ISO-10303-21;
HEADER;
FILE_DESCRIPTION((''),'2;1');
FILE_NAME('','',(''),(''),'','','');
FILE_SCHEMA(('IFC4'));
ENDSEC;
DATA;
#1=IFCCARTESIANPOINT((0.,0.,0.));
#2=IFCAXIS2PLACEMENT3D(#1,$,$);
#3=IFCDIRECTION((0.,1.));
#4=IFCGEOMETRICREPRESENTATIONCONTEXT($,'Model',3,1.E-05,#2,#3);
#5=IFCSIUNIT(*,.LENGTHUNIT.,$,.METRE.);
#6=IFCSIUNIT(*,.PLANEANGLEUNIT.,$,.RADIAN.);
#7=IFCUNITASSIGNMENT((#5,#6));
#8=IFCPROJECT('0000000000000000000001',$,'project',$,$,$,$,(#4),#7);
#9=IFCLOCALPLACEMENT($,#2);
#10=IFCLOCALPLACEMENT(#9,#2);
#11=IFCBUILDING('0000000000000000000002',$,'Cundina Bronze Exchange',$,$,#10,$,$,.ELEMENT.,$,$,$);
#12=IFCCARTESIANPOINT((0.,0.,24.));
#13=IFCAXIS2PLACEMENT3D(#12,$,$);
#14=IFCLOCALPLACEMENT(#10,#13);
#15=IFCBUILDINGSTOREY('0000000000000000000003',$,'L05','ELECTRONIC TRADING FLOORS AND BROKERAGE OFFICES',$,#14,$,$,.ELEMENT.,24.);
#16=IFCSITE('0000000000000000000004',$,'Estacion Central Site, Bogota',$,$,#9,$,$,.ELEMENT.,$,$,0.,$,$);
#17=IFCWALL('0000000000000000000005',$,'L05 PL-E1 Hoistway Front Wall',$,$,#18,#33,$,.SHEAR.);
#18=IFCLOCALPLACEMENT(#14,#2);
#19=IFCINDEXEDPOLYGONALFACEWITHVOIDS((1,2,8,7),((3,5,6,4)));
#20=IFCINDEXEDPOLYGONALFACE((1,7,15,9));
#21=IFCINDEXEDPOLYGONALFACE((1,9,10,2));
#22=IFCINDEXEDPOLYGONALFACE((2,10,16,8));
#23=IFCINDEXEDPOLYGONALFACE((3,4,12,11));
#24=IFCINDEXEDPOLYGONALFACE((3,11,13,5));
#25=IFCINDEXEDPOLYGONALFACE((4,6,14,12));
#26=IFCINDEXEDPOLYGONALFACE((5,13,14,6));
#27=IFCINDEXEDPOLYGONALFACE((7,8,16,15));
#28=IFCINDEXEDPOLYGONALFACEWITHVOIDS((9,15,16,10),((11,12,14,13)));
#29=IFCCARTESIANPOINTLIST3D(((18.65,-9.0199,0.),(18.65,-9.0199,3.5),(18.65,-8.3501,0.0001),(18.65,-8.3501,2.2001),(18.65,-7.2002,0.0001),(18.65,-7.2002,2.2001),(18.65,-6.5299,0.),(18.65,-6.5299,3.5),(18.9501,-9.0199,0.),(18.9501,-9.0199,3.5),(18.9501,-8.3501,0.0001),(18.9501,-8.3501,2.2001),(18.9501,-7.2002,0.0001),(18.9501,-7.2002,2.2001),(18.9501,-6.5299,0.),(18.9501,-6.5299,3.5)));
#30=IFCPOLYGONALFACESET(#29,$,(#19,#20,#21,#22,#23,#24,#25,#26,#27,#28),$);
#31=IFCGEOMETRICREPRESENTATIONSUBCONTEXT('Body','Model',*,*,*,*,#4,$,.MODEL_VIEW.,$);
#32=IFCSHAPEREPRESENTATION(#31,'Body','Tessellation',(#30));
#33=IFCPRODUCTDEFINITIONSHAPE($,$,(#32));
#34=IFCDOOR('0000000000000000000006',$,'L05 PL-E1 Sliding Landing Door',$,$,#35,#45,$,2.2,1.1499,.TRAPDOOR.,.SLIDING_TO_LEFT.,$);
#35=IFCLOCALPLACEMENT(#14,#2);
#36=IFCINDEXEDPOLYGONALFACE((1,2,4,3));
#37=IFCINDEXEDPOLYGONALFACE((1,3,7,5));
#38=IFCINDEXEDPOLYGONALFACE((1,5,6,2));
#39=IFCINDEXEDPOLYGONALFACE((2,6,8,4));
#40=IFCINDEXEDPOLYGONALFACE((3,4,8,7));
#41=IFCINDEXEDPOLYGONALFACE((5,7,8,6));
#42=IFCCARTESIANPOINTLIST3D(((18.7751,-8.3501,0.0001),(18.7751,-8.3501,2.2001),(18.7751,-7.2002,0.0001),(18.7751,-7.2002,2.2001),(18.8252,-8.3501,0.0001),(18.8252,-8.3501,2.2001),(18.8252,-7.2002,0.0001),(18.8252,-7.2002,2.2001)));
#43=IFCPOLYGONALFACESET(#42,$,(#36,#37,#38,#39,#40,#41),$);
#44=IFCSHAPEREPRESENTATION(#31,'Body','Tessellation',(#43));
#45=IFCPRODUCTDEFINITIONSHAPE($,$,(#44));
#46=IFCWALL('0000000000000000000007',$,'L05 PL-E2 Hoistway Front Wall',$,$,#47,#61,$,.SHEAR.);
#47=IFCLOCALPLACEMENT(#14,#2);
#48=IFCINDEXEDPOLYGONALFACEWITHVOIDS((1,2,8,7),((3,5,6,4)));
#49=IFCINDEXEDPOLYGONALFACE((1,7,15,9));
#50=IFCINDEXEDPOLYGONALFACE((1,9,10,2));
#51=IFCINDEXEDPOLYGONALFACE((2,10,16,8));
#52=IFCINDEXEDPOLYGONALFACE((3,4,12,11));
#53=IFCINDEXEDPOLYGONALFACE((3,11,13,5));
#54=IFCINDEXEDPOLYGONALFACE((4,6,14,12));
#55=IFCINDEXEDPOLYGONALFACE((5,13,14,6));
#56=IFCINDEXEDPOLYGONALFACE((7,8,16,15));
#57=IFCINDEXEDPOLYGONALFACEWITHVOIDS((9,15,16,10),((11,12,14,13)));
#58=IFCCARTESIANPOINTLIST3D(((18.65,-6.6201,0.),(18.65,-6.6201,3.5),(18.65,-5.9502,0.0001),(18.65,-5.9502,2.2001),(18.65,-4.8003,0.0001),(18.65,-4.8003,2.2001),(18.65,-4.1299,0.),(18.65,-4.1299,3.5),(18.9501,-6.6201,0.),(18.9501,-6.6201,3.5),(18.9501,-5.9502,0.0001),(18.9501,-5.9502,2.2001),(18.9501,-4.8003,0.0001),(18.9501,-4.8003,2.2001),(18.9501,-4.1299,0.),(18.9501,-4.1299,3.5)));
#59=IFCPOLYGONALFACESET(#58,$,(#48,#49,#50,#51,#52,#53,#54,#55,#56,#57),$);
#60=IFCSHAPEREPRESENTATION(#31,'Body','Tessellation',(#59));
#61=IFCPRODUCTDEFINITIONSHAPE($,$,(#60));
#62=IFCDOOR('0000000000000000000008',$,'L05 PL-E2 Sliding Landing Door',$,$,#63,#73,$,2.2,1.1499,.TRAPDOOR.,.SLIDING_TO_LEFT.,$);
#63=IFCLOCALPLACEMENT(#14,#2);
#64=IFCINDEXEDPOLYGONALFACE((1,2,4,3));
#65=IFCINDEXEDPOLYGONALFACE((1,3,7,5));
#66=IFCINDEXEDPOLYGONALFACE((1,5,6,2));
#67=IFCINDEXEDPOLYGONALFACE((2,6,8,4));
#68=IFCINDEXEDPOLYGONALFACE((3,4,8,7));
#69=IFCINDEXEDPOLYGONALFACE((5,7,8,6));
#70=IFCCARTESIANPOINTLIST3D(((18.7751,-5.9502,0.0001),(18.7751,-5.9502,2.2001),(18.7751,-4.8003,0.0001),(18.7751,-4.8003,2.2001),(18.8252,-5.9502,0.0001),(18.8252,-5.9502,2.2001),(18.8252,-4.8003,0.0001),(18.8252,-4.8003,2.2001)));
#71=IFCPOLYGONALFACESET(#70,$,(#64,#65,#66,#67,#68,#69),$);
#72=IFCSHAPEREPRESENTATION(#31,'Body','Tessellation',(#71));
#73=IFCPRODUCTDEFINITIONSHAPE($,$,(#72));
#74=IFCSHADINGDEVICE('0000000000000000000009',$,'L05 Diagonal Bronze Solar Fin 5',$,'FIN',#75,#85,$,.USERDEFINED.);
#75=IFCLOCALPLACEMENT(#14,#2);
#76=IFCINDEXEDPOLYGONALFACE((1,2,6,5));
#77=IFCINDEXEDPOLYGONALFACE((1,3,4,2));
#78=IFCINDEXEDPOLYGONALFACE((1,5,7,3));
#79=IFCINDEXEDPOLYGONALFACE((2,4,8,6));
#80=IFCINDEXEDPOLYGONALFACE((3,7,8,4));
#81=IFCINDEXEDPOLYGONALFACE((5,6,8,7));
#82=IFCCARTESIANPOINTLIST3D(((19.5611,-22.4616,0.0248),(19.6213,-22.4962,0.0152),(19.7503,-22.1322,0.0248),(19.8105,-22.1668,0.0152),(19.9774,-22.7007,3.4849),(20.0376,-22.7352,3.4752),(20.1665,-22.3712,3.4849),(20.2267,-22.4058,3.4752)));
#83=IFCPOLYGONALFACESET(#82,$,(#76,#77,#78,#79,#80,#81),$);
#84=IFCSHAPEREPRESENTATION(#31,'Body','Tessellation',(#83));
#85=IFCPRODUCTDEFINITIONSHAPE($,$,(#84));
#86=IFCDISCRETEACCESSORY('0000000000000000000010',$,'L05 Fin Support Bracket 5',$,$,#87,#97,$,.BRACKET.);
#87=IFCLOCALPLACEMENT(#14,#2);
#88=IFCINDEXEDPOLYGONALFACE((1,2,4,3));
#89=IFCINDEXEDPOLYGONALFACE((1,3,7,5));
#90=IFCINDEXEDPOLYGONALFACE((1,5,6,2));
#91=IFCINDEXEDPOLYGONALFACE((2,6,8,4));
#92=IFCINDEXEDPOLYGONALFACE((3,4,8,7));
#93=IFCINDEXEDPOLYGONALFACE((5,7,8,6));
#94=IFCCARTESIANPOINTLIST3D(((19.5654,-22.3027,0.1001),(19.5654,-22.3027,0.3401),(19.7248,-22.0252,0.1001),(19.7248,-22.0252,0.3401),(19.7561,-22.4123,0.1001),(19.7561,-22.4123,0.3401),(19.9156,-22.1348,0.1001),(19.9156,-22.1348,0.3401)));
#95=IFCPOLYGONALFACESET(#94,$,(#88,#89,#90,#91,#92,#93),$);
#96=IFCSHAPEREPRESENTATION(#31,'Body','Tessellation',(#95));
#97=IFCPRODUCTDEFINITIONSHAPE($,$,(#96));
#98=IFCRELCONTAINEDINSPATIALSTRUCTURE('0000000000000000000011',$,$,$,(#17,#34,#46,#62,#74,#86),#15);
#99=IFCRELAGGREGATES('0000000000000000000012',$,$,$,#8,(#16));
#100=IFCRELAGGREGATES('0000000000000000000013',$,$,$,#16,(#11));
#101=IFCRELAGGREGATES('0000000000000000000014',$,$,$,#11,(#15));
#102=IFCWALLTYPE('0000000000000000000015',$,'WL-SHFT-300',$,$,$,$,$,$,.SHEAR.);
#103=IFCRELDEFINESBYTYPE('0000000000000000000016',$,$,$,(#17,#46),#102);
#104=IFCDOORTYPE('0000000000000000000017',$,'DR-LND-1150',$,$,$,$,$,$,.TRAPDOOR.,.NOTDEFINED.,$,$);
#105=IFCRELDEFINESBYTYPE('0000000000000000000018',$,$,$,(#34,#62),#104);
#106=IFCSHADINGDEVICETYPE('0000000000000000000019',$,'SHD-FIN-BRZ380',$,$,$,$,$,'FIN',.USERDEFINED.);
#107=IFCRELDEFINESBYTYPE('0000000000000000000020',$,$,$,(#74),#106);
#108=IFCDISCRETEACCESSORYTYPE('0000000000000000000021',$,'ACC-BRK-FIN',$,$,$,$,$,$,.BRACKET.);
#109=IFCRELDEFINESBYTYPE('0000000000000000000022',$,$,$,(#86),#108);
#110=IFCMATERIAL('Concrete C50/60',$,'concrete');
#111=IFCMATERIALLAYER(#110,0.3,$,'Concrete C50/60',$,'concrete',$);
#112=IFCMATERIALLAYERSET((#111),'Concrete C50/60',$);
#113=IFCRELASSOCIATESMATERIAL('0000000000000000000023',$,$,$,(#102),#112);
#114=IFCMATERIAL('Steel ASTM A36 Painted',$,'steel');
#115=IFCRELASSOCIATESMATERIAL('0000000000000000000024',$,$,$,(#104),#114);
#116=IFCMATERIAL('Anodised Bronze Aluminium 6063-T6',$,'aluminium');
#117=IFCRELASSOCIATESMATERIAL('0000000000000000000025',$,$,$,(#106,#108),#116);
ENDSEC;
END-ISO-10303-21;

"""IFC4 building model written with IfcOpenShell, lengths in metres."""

from ifc_helpers import new_model, si_unit, direction, frame, frame_2d, origin, origin_2d, place, context, subcontext, project, spatial, rectangle, extrude, material, layer, layer_set, material_profile, profile_set, type_object, element, fill, save


model = new_model("IFC4")

# Units and contexts
model_context = context("Model", 3, precision=1e-05, world=origin(), true_north=direction((0.0, 1.0)))
body_context = subcontext(model_context, "Body", "Model", "MODEL_VIEW")
ifc_project = project(units=[si_unit("LENGTHUNIT", "METRE"), si_unit("PLANEANGLEUNIT", "RADIAN")], contexts=[model_context])

# Site, building, storey
site_placement = place(None, origin())
site = spatial("IfcSite", under=ifc_project, at=site_placement, Name="Estacion Central Site, Bogota", CompositionType="ELEMENT", RefElevation=0.0)
building_placement = place(site_placement, origin())
building = spatial("IfcBuilding", under=site, at=building_placement, Name="Cundina Bronze Exchange", CompositionType="ELEMENT")
storey_placement = place(building_placement, frame((0.0, 0.0, 24.0)))
storey = spatial("IfcBuildingStorey", under=building, at=storey_placement, Name="L05", Description="ELECTRONIC TRADING FLOORS AND BROKERAGE OFFICES", CompositionType="ELEMENT", Elevation=24.0)

# Shared definitions
ifc_material_1 = material(Name="Anodised Bronze Aluminium 6063-T6", Category="aluminium")

# Shared definitions
ifc_material_2 = material(Name="Concrete C50/60", Category="concrete")
ifc_layer_1 = layer(ifc_material_2, 0.3, Name="Concrete C50/60", Category="concrete")
ifc_layer_set_1 = layer_set([ifc_layer_1], Name="Concrete C50/60")
wall_type_1 = type_object("IfcWallType", Name="WL-SHFT-300", PredefinedType="SHEAR", material=ifc_layer_set_1)

# Walls, openings, doors
wall_1_placement = place(storey_placement, frame((18.8, -9.02, 0.0), z_axis=(0.0, 0.0, 1.0), x_axis=(0.0, 1.0, 0.0)))
wall_1 = element("IfcWall", 1, at=wall_1_placement, inside=storey, type_object=wall_type_1, Name="L05 PL-E1 Hoistway Front Wall", PredefinedType="SHEAR", context=body_context, shape_type="SweptSolid", body=[
    extrude(rectangle(XDim=2.49, YDim=0.3, at=frame_2d((1.2451, 0.0))), origin(), (0.0, 0.0, 1.0), 3.5),
])
opening_1_placement = place(wall_1_placement, frame((0.6699, 0.0, 0.0)))
opening_1 = element("IfcOpeningElement", 2, at=opening_1_placement, cuts=wall_1, PredefinedType="OPENING", context=body_context, shape_type="SweptSolid", body=[
    extrude(rectangle(XDim=1.1499, YDim=2.2, at=frame_2d((0.575, 1.1001))), frame((0.0, 0.1599, 0.0), z_axis=(0.0, -1.0, 0.0), x_axis=(1.0, 0.0, 0.0)), (0.0, 0.0, 1.0), 0.3201),
])
ifc_material_3 = material(Name="Steel ASTM A36 Painted", Category="steel")
door_type = type_object("IfcDoorType", Name="DR-LND-1150", OperationType="NOTDEFINED", PredefinedType="TRAPDOOR", material=ifc_material_3)
door_1_placement = place(opening_1_placement, origin())
door_1 = element("IfcDoor", 3, at=door_1_placement, inside=storey, type_object=door_type, Name="L05 PL-E1 Sliding Landing Door", OperationType="SLIDING_TO_LEFT", OverallHeight=2.2, OverallWidth=1.1499, PredefinedType="TRAPDOOR", context=body_context, shape_type="SweptSolid", body=[
    extrude(rectangle(XDim=1.1499, YDim=2.2, at=frame_2d((0.575, 1.1001))), frame((0.0, 0.0249, 0.0), z_axis=(0.0, -1.0, 0.0), x_axis=(1.0, 0.0, 0.0)), (0.0, 0.0, 1.0), 0.05),
])
fill(opening_1, door_1)
wall_2_placement = place(storey_placement, frame((18.8, -6.6201, 0.0), z_axis=(0.0, 0.0, 1.0), x_axis=(0.0, 1.0, 0.0)))
wall_2 = element("IfcWall", 4, at=wall_2_placement, inside=storey, type_object=wall_type_1, Name="L05 PL-E2 Hoistway Front Wall", PredefinedType="SHEAR", context=body_context, shape_type="SweptSolid", body=[
    extrude(rectangle(XDim=2.4902, YDim=0.3, at=frame_2d((1.2451, 0.0))), origin(), (0.0, 0.0, 1.0), 3.5),
])
opening_2_placement = place(wall_2_placement, frame((0.6699, 0.0, 0.0)))
opening_2 = element("IfcOpeningElement", 5, at=opening_2_placement, cuts=wall_2, PredefinedType="OPENING", context=body_context, shape_type="SweptSolid", body=[
    extrude(rectangle(XDim=1.1499, YDim=2.2, at=frame_2d((0.575, 1.1001))), frame((0.0, 0.1599, 0.0), z_axis=(0.0, -1.0, 0.0), x_axis=(1.0, 0.0, 0.0)), (0.0, 0.0, 1.0), 0.3201),
])
door_2_placement = place(opening_2_placement, origin())
door_2 = element("IfcDoor", 6, at=door_2_placement, inside=storey, type_object=door_type, Name="L05 PL-E2 Sliding Landing Door", OperationType="SLIDING_TO_LEFT", OverallHeight=2.2, OverallWidth=1.1499, PredefinedType="TRAPDOOR", context=body_context, shape_type="SweptSolid", body=[
    extrude(rectangle(XDim=1.1499, YDim=2.2, at=frame_2d((0.575, 1.1001))), frame((0.0, 0.0249, 0.0), z_axis=(0.0, -1.0, 0.0), x_axis=(1.0, 0.0, 0.0)), (0.0, 0.0, 1.0), 0.05),
])
fill(opening_2, door_2)

# Shading device
ifc_material_profile_1 = material_profile(ifc_material_1, rectangle(XDim=0.0701, YDim=0.3799, at=origin_2d()), Name="FIN70X380", Category="aluminium")
ifc_profile_set_1 = profile_set([ifc_material_profile_1], Name="Anodised Bronze Aluminium 6063-T6")
shading_device_type = type_object("IfcShadingDeviceType", Name="SHD-FIN-BRZ380", ElementType="FIN", PredefinedType="USERDEFINED", material=ifc_profile_set_1)
shading_device_placement = place(storey_placement, frame((19.6858, -22.3142, 0.02), z_axis=(0.119166, -0.068425, 0.990514), x_axis=(-0.858982, 0.493222, 0.137414)))
element("IfcShadingDevice", 7, at=shading_device_placement, inside=storey, type_object=shading_device_type, Name="L05 Diagonal Bronze Solar Fin 5", ObjectType="FIN", PredefinedType="USERDEFINED", context=body_context, shape_type="SweptSolid", body=[
    extrude(rectangle(XDim=0.0701, YDim=0.3799, at=origin_2d()), origin(), (0.0, 0.0, 1.0), 3.4932),
])

# Discrete accessory
discrete_accessory_type = type_object("IfcDiscreteAccessoryType", Name="ACC-BRK-FIN", PredefinedType="BRACKET", material=ifc_material_1)
discrete_accessory_placement = place(storey_placement, frame((19.7405, -22.2188, 0.1001), z_axis=(0.0, 0.0, 1.0), x_axis=(0.867105, -0.498125, 0.0)))
element("IfcDiscreteAccessory", 8, at=discrete_accessory_placement, inside=storey, type_object=discrete_accessory_type, Name="L05 Fin Support Bracket 5", PredefinedType="BRACKET", context=body_context, shape_type="SweptSolid", body=[
    extrude(rectangle(XDim=0.22, YDim=0.3201, at=origin_2d()), origin(), (0.0, 0.0, 1.0), 0.24),
])

save(model, "model.ifc")
